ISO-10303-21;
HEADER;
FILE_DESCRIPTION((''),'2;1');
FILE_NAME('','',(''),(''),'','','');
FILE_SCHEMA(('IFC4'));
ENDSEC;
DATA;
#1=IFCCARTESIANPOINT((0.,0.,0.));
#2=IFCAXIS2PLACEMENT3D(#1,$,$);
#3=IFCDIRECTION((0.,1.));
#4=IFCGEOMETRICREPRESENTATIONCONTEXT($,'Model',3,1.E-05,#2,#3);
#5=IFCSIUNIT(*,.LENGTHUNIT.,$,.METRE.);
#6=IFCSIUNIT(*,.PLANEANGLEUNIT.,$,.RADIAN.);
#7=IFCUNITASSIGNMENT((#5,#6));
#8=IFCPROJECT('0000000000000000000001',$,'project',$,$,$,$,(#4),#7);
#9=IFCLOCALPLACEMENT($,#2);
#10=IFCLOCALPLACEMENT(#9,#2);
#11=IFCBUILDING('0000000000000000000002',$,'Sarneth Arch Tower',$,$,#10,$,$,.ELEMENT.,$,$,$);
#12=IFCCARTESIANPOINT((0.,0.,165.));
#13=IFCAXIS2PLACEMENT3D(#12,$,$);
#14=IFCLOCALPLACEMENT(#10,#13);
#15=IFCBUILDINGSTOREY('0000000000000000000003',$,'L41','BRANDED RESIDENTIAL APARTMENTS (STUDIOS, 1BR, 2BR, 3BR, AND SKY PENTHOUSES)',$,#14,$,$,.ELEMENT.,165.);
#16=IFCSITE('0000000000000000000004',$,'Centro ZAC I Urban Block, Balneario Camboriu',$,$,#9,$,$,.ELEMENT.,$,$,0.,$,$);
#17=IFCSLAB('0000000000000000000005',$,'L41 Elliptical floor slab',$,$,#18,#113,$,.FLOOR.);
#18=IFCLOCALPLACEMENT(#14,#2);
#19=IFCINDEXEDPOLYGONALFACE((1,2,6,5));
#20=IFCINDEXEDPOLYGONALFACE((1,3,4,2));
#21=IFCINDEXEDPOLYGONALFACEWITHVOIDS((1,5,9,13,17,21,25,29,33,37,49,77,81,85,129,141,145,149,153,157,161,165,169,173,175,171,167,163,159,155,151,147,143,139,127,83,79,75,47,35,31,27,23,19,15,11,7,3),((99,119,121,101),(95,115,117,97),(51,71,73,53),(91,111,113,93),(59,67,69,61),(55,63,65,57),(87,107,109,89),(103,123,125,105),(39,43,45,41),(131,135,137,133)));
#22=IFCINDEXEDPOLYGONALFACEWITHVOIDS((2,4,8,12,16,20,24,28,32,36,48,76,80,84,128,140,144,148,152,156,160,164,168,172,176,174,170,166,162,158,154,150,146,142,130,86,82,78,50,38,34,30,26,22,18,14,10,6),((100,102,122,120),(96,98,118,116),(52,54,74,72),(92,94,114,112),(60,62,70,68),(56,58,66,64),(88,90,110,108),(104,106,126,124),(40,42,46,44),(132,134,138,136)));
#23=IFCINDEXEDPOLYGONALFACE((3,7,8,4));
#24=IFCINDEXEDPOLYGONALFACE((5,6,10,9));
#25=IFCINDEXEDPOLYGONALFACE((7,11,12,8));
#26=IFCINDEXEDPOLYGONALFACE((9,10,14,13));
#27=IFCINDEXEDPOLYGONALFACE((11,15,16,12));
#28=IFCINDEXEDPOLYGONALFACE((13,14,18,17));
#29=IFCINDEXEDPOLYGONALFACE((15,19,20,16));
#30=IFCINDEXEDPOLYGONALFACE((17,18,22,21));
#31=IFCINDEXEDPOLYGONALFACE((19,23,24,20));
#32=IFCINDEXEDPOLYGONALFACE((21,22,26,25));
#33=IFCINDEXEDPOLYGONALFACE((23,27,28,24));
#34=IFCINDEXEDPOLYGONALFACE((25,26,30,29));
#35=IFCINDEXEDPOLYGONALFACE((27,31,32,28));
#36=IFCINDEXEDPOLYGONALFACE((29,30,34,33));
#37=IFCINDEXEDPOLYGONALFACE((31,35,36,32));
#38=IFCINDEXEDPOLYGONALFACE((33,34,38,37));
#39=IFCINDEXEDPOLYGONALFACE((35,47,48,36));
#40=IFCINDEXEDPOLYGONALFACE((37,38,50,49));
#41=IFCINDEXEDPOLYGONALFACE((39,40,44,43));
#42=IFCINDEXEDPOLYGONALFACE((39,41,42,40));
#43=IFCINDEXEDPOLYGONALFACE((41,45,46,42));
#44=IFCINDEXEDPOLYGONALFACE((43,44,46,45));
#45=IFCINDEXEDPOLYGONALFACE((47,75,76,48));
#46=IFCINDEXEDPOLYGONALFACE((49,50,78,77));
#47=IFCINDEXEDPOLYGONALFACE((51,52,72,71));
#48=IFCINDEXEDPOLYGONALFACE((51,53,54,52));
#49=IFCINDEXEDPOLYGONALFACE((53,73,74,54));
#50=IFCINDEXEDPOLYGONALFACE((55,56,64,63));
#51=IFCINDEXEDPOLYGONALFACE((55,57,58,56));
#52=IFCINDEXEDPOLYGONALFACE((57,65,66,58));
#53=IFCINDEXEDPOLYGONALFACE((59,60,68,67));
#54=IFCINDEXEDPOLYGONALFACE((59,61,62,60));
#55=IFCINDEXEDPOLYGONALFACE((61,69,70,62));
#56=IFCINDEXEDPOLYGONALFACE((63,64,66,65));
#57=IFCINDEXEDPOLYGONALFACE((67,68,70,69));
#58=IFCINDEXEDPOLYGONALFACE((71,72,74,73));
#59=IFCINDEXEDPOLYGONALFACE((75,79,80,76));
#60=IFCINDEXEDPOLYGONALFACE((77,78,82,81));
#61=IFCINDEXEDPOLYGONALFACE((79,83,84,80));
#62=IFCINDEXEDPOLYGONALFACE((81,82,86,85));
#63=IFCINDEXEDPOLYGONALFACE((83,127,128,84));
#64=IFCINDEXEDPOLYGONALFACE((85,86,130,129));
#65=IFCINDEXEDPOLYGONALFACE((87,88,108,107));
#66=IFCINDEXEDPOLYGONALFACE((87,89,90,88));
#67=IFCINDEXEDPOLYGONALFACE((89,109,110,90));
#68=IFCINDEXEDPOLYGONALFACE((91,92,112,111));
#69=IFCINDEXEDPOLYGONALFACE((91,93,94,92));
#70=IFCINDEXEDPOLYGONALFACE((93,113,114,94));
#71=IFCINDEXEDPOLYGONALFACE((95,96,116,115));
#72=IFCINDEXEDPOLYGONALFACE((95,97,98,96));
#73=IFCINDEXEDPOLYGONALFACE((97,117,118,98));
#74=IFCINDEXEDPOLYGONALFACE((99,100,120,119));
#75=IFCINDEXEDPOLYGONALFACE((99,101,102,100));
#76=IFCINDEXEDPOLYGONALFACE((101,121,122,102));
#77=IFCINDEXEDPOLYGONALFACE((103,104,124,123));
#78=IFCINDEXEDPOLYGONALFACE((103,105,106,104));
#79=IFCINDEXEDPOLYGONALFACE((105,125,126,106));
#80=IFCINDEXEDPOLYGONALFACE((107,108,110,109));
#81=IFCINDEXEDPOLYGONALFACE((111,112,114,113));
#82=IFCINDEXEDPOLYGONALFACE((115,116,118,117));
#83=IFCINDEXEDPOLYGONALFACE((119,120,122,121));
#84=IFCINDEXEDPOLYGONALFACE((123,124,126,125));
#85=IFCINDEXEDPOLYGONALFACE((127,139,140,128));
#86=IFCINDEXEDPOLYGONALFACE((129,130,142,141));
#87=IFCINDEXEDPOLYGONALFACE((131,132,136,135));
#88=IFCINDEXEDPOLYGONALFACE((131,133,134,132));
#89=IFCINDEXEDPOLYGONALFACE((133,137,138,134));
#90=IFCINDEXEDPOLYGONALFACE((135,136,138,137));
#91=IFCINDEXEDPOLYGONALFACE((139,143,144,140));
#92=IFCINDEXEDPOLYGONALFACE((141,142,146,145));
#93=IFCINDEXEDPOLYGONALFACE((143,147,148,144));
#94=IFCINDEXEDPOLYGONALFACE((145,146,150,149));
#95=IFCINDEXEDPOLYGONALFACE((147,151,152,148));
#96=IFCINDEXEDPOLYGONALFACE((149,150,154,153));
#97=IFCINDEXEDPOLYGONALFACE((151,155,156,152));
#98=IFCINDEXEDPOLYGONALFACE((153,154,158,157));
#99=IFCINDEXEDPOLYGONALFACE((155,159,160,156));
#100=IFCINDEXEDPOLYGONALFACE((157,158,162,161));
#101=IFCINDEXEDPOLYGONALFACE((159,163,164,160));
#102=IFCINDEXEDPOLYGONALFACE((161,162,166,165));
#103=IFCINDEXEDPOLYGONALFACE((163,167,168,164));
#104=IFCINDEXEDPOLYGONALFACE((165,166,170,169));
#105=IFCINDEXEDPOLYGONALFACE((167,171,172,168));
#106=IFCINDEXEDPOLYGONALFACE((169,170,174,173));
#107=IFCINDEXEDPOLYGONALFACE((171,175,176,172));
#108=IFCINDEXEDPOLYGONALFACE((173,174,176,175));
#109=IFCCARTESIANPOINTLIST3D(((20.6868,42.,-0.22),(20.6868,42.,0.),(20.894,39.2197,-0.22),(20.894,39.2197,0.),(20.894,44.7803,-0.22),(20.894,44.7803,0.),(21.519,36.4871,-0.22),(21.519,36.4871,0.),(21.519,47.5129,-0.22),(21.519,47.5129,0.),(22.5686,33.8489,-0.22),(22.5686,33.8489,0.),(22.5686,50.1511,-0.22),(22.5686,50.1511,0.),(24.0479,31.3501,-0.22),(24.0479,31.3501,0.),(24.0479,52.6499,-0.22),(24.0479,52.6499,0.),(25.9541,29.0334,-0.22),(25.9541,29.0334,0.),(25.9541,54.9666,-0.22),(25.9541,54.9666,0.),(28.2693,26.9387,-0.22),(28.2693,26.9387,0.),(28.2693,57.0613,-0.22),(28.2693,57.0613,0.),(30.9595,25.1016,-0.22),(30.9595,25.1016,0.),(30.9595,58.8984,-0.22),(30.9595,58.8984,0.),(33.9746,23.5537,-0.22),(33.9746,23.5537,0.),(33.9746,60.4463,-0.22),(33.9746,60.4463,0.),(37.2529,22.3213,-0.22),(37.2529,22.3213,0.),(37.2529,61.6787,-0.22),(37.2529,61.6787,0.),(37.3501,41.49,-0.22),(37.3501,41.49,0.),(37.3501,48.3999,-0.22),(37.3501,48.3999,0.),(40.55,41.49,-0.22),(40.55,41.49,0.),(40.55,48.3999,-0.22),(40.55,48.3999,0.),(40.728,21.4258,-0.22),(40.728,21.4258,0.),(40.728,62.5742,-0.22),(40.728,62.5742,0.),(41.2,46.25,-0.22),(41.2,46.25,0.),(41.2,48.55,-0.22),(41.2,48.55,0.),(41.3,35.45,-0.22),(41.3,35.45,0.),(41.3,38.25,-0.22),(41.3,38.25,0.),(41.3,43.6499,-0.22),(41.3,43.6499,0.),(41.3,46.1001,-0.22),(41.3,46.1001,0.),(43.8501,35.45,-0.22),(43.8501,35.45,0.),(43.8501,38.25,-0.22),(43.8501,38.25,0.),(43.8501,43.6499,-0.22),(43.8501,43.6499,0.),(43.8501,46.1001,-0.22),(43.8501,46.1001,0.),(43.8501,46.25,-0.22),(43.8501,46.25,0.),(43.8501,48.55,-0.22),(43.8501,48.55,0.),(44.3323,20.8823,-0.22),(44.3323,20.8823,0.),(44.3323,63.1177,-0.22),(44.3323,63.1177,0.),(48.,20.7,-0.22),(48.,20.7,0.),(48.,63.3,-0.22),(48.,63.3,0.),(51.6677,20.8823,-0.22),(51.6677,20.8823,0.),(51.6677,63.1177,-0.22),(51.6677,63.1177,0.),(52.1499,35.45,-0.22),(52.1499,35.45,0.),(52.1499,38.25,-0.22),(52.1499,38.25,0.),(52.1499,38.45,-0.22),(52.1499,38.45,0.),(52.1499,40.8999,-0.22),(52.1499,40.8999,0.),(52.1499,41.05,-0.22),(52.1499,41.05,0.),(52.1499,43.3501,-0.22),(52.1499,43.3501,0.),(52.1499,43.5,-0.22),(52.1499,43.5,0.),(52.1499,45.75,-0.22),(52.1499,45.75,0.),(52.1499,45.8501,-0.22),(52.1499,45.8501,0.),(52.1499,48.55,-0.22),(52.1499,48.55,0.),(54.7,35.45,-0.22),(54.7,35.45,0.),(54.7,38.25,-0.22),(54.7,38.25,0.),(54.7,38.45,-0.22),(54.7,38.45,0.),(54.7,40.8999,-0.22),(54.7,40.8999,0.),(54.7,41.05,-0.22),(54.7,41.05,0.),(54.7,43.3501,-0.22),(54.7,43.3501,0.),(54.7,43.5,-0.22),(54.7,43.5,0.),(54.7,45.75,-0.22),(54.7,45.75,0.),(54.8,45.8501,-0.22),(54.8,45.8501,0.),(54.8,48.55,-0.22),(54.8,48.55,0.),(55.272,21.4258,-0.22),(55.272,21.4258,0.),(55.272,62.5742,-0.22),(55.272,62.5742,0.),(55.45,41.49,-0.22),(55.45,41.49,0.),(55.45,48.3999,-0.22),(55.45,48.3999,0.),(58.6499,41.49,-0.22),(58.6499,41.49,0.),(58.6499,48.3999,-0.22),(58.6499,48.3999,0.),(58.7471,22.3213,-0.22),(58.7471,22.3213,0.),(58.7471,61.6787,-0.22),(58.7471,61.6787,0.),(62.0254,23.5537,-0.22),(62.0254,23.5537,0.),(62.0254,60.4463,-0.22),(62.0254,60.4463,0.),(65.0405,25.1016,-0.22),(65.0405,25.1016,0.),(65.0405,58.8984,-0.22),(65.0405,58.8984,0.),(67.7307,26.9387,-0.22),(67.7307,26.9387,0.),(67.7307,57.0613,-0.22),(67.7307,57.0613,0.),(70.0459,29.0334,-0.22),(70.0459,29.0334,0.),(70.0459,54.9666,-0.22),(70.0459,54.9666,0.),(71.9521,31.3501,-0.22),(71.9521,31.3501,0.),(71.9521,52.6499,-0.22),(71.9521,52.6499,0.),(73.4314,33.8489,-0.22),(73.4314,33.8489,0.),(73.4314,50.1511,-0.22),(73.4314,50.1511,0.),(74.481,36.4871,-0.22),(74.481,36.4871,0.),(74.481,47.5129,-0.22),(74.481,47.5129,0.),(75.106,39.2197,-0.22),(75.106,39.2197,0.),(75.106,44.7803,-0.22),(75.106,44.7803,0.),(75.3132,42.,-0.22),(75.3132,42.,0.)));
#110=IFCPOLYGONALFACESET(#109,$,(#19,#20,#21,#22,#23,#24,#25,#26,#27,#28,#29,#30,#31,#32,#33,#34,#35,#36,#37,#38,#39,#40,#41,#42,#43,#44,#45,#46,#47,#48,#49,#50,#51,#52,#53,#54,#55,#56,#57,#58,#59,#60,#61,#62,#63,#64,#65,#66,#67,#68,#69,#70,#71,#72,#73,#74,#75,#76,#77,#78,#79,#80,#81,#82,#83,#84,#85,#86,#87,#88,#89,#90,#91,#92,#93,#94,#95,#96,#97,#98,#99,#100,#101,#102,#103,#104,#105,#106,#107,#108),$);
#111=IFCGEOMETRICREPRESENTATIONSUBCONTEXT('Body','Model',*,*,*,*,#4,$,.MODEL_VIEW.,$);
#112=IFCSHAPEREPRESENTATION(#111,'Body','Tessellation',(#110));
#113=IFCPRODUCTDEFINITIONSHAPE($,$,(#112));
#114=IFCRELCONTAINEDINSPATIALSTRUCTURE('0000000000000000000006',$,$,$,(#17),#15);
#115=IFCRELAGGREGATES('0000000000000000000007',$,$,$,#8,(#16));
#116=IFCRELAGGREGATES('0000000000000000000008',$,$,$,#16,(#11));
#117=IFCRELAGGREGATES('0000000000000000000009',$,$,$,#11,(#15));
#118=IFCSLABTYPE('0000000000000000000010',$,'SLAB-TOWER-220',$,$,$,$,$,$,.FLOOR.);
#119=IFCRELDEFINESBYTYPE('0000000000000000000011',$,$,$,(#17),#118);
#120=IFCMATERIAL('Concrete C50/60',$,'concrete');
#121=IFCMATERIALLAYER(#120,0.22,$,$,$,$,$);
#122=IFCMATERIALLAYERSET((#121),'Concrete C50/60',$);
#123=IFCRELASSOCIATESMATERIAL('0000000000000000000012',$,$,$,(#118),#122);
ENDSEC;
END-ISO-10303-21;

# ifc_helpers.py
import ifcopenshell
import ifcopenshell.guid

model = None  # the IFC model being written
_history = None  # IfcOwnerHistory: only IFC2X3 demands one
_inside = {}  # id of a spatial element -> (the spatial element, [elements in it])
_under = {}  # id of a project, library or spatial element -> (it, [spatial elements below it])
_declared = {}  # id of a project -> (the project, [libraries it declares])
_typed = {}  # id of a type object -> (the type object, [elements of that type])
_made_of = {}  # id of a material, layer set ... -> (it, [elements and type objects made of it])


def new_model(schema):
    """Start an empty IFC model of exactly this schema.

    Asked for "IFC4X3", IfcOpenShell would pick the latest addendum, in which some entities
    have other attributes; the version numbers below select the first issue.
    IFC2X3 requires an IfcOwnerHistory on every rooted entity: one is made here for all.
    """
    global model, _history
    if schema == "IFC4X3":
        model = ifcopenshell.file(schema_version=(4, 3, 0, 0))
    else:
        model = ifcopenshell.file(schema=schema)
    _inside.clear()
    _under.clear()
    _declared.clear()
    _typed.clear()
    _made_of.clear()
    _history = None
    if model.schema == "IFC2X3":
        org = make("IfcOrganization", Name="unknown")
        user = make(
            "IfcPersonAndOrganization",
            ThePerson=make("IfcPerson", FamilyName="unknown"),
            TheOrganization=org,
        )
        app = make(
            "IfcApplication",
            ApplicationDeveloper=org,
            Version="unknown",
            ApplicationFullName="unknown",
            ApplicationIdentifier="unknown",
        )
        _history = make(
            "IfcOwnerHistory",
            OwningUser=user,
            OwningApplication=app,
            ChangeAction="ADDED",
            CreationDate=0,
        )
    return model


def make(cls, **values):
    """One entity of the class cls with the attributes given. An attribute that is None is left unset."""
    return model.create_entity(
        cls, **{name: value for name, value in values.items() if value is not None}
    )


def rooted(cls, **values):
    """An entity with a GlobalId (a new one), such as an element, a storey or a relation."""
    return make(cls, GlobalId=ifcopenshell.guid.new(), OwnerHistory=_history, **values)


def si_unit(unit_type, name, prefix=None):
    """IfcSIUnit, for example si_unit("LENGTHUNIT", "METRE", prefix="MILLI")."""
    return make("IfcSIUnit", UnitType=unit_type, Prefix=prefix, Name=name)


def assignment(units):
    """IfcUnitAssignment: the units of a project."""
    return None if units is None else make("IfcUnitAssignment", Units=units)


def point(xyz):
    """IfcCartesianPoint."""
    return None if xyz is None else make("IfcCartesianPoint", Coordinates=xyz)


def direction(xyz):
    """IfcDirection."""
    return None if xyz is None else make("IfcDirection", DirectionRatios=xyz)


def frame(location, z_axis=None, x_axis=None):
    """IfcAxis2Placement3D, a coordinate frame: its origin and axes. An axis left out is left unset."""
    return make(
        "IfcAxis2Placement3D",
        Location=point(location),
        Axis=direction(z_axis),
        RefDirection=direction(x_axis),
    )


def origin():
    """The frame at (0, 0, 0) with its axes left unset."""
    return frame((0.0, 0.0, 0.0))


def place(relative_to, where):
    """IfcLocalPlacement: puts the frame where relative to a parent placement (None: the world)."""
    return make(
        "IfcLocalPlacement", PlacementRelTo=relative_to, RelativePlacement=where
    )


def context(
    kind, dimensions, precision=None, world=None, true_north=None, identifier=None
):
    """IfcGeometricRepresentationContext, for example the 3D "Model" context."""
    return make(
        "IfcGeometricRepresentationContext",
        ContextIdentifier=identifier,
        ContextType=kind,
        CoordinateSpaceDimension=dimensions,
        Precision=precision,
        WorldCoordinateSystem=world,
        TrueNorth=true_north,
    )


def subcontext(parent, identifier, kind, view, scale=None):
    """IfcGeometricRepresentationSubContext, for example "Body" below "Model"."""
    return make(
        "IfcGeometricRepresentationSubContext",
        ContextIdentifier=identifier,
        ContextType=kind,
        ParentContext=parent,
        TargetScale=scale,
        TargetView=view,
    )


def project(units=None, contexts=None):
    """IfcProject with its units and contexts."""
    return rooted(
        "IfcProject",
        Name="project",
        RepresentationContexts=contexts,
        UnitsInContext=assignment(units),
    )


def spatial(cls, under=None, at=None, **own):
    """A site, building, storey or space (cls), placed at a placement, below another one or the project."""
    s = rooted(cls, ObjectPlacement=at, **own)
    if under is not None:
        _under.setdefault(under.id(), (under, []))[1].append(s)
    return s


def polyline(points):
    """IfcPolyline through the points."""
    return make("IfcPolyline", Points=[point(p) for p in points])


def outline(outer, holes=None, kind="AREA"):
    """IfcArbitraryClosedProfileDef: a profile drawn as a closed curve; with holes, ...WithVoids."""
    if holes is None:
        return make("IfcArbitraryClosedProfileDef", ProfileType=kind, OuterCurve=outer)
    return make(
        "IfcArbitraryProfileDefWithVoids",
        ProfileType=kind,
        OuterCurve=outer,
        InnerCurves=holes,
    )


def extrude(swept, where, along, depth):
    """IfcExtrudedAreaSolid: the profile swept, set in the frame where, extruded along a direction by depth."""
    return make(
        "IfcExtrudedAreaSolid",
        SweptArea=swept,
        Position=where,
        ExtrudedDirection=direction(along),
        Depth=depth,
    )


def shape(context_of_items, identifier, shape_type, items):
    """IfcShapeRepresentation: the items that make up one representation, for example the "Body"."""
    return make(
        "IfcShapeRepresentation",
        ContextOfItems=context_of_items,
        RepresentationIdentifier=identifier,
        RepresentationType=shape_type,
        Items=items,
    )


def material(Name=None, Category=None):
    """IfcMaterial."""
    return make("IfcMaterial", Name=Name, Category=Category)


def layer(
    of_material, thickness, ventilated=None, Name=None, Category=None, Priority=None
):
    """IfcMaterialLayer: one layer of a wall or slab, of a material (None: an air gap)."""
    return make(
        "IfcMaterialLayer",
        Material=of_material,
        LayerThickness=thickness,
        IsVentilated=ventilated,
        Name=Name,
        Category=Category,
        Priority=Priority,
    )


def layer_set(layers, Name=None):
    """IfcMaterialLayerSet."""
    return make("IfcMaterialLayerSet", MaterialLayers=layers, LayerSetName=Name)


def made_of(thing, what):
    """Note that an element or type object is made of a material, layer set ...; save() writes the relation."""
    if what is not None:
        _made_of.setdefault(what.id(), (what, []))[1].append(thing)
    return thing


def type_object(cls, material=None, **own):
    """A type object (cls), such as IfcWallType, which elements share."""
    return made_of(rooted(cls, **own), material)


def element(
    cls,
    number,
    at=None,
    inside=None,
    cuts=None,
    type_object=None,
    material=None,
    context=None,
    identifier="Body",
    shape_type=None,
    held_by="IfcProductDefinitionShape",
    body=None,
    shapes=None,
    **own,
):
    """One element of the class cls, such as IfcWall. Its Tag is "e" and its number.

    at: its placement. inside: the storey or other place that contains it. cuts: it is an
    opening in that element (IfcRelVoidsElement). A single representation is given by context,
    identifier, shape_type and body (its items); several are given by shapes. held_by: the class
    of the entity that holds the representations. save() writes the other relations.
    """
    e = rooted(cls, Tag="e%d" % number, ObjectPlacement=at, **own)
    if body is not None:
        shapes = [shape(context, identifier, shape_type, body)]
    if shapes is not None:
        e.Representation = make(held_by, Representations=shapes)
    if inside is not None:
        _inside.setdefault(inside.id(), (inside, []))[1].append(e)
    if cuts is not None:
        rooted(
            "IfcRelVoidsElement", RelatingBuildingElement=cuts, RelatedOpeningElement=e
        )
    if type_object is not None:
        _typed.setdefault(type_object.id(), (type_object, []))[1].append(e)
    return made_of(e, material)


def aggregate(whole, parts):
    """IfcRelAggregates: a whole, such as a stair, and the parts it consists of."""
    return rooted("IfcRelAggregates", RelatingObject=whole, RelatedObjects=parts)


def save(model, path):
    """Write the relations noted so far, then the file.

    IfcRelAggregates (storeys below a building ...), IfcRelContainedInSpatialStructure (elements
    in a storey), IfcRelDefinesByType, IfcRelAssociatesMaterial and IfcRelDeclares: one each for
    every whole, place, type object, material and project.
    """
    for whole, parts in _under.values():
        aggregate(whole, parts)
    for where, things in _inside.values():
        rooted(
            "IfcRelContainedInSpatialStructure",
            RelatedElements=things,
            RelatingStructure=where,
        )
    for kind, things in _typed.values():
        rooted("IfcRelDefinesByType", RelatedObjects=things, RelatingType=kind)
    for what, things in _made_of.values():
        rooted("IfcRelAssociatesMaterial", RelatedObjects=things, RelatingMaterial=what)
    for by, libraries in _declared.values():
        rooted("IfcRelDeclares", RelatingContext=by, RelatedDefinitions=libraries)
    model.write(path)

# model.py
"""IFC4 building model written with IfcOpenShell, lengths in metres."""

from ifc_helpers import new_model, si_unit, direction, frame, origin, place, context, subcontext, project, spatial, polyline, outline, extrude, material, layer, layer_set, type_object, element, save


model = new_model("IFC4")

# Units and contexts
model_context = context("Model", 3, precision=1e-05, world=origin(), true_north=direction((0.0, 1.0)))
body_context = subcontext(model_context, "Body", "Model", "MODEL_VIEW")
ifc_project = project(units=[si_unit("LENGTHUNIT", "METRE"), si_unit("PLANEANGLEUNIT", "RADIAN")], contexts=[model_context])

# Site, building, storey
site_placement = place(None, origin())
site = spatial("IfcSite", under=ifc_project, at=site_placement, Name="Centro ZAC I Urban Block, Balneario Camboriu", CompositionType="ELEMENT", RefElevation=0.0)
building_placement = place(site_placement, origin())
building = spatial("IfcBuilding", under=site, at=building_placement, Name="Sarneth Arch Tower", CompositionType="ELEMENT")
storey_placement = place(building_placement, frame((0.0, 0.0, 165.0)))
storey = spatial("IfcBuildingStorey", under=building, at=storey_placement, Name="L41", Description="BRANDED RESIDENTIAL APARTMENTS (STUDIOS, 1BR, 2BR, 3BR, AND SKY PENTHOUSES)", CompositionType="ELEMENT", Elevation=165.0)

# Slab
ifc_material_1 = material(Name="Concrete C50/60", Category="concrete")
ifc_layer_1 = layer(ifc_material_1, 0.22)
ifc_layer_set_1 = layer_set([ifc_layer_1], Name="Concrete C50/60")
slab_type_1 = type_object("IfcSlabType", Name="SLAB-TOWER-220", PredefinedType="FLOOR", material=ifc_layer_set_1)
slab_1_placement = place(storey_placement, frame((0.0, 0.0, -0.22)))
element("IfcSlab", 1, at=slab_1_placement, inside=storey, type_object=slab_type_1, Name="L41 Elliptical floor slab", PredefinedType="FLOOR", context=body_context, shape_type="SweptSolid", body=[
    extrude(outline(polyline([(75.3132, 42.0), (75.106, 44.7803), (74.481, 47.5129), (73.4314, 50.1511), (71.9521, 52.6499), (70.0459, 54.9666), (67.7307, 57.0613), (65.0405, 58.8984), (62.0254, 60.4463), (58.7471, 61.6787), (55.272, 62.5742), (51.6677, 63.1177), (48.0, 63.3), (44.3323, 63.1177), (40.728, 62.5742), (37.2529, 61.6787), (33.9746, 60.4463), (30.9595, 58.8984), (28.2693, 57.0613), (25.9541, 54.9666), (24.0479, 52.6499), (22.5686, 50.1511), (21.519, 47.5129), (20.894, 44.7803), (20.6868, 42.0), (20.894, 39.2197), (21.519, 36.4871), (22.5686, 33.8489), (24.0479, 31.3501), (25.9541, 29.0334), (28.2693, 26.9387), (30.9595, 25.1016), (33.9746, 23.5537), (37.2529, 22.3213), (40.728, 21.4258), (44.3323, 20.8823), (48.0, 20.7), (51.6677, 20.8823), (55.272, 21.4258), (58.7471, 22.3213), (62.0254, 23.5537), (65.0405, 25.1016), (67.7307, 26.9387), (70.0459, 29.0334), (71.9521, 31.3501), (73.4314, 33.8489), (74.481, 36.4871), (75.106, 39.2197), (75.3132, 42.0)]), holes=[polyline([(37.3501, 41.49), (40.55, 41.49), (40.55, 48.3999), (37.3501, 48.3999), (37.3501, 41.49)]), polyline([(55.45, 41.49), (58.6499, 41.49), (58.6499, 48.3999), (55.45, 48.3999), (55.45, 41.49)]), polyline([(41.2, 46.25), (43.8501, 46.25), (43.8501, 48.55), (41.2, 48.55), (41.2, 46.25)]), polyline([(41.3, 35.45), (43.8501, 35.45), (43.8501, 38.25), (41.3, 38.25), (41.3, 35.45)]), polyline([(52.1499, 35.45), (54.7, 35.45), (54.7, 38.25), (52.1499, 38.25), (52.1499, 35.45)]), polyline([(52.1499, 45.8501), (54.8, 45.8501), (54.8, 48.55), (52.1499, 48.55), (52.1499, 45.8501)]), polyline([(41.3, 43.6499), (43.8501, 43.6499), (43.8501, 46.1001), (41.3, 46.1001), (41.3, 43.6499)]), polyline([(52.1499, 38.45), (54.7, 38.45), (54.7, 40.8999), (52.1499, 40.8999), (52.1499, 38.45)]), polyline([(52.1499, 41.05), (54.7, 41.05), (54.7, 43.3501), (52.1499, 43.3501), (52.1499, 41.05)]), polyline([(52.1499, 43.5), (54.7, 43.5), (54.7, 45.75), (52.1499, 45.75), (52.1499, 43.5)])]), origin(), (0.0, 0.0, 1.0), 0.22),
])

save(model, "model.ifc")
